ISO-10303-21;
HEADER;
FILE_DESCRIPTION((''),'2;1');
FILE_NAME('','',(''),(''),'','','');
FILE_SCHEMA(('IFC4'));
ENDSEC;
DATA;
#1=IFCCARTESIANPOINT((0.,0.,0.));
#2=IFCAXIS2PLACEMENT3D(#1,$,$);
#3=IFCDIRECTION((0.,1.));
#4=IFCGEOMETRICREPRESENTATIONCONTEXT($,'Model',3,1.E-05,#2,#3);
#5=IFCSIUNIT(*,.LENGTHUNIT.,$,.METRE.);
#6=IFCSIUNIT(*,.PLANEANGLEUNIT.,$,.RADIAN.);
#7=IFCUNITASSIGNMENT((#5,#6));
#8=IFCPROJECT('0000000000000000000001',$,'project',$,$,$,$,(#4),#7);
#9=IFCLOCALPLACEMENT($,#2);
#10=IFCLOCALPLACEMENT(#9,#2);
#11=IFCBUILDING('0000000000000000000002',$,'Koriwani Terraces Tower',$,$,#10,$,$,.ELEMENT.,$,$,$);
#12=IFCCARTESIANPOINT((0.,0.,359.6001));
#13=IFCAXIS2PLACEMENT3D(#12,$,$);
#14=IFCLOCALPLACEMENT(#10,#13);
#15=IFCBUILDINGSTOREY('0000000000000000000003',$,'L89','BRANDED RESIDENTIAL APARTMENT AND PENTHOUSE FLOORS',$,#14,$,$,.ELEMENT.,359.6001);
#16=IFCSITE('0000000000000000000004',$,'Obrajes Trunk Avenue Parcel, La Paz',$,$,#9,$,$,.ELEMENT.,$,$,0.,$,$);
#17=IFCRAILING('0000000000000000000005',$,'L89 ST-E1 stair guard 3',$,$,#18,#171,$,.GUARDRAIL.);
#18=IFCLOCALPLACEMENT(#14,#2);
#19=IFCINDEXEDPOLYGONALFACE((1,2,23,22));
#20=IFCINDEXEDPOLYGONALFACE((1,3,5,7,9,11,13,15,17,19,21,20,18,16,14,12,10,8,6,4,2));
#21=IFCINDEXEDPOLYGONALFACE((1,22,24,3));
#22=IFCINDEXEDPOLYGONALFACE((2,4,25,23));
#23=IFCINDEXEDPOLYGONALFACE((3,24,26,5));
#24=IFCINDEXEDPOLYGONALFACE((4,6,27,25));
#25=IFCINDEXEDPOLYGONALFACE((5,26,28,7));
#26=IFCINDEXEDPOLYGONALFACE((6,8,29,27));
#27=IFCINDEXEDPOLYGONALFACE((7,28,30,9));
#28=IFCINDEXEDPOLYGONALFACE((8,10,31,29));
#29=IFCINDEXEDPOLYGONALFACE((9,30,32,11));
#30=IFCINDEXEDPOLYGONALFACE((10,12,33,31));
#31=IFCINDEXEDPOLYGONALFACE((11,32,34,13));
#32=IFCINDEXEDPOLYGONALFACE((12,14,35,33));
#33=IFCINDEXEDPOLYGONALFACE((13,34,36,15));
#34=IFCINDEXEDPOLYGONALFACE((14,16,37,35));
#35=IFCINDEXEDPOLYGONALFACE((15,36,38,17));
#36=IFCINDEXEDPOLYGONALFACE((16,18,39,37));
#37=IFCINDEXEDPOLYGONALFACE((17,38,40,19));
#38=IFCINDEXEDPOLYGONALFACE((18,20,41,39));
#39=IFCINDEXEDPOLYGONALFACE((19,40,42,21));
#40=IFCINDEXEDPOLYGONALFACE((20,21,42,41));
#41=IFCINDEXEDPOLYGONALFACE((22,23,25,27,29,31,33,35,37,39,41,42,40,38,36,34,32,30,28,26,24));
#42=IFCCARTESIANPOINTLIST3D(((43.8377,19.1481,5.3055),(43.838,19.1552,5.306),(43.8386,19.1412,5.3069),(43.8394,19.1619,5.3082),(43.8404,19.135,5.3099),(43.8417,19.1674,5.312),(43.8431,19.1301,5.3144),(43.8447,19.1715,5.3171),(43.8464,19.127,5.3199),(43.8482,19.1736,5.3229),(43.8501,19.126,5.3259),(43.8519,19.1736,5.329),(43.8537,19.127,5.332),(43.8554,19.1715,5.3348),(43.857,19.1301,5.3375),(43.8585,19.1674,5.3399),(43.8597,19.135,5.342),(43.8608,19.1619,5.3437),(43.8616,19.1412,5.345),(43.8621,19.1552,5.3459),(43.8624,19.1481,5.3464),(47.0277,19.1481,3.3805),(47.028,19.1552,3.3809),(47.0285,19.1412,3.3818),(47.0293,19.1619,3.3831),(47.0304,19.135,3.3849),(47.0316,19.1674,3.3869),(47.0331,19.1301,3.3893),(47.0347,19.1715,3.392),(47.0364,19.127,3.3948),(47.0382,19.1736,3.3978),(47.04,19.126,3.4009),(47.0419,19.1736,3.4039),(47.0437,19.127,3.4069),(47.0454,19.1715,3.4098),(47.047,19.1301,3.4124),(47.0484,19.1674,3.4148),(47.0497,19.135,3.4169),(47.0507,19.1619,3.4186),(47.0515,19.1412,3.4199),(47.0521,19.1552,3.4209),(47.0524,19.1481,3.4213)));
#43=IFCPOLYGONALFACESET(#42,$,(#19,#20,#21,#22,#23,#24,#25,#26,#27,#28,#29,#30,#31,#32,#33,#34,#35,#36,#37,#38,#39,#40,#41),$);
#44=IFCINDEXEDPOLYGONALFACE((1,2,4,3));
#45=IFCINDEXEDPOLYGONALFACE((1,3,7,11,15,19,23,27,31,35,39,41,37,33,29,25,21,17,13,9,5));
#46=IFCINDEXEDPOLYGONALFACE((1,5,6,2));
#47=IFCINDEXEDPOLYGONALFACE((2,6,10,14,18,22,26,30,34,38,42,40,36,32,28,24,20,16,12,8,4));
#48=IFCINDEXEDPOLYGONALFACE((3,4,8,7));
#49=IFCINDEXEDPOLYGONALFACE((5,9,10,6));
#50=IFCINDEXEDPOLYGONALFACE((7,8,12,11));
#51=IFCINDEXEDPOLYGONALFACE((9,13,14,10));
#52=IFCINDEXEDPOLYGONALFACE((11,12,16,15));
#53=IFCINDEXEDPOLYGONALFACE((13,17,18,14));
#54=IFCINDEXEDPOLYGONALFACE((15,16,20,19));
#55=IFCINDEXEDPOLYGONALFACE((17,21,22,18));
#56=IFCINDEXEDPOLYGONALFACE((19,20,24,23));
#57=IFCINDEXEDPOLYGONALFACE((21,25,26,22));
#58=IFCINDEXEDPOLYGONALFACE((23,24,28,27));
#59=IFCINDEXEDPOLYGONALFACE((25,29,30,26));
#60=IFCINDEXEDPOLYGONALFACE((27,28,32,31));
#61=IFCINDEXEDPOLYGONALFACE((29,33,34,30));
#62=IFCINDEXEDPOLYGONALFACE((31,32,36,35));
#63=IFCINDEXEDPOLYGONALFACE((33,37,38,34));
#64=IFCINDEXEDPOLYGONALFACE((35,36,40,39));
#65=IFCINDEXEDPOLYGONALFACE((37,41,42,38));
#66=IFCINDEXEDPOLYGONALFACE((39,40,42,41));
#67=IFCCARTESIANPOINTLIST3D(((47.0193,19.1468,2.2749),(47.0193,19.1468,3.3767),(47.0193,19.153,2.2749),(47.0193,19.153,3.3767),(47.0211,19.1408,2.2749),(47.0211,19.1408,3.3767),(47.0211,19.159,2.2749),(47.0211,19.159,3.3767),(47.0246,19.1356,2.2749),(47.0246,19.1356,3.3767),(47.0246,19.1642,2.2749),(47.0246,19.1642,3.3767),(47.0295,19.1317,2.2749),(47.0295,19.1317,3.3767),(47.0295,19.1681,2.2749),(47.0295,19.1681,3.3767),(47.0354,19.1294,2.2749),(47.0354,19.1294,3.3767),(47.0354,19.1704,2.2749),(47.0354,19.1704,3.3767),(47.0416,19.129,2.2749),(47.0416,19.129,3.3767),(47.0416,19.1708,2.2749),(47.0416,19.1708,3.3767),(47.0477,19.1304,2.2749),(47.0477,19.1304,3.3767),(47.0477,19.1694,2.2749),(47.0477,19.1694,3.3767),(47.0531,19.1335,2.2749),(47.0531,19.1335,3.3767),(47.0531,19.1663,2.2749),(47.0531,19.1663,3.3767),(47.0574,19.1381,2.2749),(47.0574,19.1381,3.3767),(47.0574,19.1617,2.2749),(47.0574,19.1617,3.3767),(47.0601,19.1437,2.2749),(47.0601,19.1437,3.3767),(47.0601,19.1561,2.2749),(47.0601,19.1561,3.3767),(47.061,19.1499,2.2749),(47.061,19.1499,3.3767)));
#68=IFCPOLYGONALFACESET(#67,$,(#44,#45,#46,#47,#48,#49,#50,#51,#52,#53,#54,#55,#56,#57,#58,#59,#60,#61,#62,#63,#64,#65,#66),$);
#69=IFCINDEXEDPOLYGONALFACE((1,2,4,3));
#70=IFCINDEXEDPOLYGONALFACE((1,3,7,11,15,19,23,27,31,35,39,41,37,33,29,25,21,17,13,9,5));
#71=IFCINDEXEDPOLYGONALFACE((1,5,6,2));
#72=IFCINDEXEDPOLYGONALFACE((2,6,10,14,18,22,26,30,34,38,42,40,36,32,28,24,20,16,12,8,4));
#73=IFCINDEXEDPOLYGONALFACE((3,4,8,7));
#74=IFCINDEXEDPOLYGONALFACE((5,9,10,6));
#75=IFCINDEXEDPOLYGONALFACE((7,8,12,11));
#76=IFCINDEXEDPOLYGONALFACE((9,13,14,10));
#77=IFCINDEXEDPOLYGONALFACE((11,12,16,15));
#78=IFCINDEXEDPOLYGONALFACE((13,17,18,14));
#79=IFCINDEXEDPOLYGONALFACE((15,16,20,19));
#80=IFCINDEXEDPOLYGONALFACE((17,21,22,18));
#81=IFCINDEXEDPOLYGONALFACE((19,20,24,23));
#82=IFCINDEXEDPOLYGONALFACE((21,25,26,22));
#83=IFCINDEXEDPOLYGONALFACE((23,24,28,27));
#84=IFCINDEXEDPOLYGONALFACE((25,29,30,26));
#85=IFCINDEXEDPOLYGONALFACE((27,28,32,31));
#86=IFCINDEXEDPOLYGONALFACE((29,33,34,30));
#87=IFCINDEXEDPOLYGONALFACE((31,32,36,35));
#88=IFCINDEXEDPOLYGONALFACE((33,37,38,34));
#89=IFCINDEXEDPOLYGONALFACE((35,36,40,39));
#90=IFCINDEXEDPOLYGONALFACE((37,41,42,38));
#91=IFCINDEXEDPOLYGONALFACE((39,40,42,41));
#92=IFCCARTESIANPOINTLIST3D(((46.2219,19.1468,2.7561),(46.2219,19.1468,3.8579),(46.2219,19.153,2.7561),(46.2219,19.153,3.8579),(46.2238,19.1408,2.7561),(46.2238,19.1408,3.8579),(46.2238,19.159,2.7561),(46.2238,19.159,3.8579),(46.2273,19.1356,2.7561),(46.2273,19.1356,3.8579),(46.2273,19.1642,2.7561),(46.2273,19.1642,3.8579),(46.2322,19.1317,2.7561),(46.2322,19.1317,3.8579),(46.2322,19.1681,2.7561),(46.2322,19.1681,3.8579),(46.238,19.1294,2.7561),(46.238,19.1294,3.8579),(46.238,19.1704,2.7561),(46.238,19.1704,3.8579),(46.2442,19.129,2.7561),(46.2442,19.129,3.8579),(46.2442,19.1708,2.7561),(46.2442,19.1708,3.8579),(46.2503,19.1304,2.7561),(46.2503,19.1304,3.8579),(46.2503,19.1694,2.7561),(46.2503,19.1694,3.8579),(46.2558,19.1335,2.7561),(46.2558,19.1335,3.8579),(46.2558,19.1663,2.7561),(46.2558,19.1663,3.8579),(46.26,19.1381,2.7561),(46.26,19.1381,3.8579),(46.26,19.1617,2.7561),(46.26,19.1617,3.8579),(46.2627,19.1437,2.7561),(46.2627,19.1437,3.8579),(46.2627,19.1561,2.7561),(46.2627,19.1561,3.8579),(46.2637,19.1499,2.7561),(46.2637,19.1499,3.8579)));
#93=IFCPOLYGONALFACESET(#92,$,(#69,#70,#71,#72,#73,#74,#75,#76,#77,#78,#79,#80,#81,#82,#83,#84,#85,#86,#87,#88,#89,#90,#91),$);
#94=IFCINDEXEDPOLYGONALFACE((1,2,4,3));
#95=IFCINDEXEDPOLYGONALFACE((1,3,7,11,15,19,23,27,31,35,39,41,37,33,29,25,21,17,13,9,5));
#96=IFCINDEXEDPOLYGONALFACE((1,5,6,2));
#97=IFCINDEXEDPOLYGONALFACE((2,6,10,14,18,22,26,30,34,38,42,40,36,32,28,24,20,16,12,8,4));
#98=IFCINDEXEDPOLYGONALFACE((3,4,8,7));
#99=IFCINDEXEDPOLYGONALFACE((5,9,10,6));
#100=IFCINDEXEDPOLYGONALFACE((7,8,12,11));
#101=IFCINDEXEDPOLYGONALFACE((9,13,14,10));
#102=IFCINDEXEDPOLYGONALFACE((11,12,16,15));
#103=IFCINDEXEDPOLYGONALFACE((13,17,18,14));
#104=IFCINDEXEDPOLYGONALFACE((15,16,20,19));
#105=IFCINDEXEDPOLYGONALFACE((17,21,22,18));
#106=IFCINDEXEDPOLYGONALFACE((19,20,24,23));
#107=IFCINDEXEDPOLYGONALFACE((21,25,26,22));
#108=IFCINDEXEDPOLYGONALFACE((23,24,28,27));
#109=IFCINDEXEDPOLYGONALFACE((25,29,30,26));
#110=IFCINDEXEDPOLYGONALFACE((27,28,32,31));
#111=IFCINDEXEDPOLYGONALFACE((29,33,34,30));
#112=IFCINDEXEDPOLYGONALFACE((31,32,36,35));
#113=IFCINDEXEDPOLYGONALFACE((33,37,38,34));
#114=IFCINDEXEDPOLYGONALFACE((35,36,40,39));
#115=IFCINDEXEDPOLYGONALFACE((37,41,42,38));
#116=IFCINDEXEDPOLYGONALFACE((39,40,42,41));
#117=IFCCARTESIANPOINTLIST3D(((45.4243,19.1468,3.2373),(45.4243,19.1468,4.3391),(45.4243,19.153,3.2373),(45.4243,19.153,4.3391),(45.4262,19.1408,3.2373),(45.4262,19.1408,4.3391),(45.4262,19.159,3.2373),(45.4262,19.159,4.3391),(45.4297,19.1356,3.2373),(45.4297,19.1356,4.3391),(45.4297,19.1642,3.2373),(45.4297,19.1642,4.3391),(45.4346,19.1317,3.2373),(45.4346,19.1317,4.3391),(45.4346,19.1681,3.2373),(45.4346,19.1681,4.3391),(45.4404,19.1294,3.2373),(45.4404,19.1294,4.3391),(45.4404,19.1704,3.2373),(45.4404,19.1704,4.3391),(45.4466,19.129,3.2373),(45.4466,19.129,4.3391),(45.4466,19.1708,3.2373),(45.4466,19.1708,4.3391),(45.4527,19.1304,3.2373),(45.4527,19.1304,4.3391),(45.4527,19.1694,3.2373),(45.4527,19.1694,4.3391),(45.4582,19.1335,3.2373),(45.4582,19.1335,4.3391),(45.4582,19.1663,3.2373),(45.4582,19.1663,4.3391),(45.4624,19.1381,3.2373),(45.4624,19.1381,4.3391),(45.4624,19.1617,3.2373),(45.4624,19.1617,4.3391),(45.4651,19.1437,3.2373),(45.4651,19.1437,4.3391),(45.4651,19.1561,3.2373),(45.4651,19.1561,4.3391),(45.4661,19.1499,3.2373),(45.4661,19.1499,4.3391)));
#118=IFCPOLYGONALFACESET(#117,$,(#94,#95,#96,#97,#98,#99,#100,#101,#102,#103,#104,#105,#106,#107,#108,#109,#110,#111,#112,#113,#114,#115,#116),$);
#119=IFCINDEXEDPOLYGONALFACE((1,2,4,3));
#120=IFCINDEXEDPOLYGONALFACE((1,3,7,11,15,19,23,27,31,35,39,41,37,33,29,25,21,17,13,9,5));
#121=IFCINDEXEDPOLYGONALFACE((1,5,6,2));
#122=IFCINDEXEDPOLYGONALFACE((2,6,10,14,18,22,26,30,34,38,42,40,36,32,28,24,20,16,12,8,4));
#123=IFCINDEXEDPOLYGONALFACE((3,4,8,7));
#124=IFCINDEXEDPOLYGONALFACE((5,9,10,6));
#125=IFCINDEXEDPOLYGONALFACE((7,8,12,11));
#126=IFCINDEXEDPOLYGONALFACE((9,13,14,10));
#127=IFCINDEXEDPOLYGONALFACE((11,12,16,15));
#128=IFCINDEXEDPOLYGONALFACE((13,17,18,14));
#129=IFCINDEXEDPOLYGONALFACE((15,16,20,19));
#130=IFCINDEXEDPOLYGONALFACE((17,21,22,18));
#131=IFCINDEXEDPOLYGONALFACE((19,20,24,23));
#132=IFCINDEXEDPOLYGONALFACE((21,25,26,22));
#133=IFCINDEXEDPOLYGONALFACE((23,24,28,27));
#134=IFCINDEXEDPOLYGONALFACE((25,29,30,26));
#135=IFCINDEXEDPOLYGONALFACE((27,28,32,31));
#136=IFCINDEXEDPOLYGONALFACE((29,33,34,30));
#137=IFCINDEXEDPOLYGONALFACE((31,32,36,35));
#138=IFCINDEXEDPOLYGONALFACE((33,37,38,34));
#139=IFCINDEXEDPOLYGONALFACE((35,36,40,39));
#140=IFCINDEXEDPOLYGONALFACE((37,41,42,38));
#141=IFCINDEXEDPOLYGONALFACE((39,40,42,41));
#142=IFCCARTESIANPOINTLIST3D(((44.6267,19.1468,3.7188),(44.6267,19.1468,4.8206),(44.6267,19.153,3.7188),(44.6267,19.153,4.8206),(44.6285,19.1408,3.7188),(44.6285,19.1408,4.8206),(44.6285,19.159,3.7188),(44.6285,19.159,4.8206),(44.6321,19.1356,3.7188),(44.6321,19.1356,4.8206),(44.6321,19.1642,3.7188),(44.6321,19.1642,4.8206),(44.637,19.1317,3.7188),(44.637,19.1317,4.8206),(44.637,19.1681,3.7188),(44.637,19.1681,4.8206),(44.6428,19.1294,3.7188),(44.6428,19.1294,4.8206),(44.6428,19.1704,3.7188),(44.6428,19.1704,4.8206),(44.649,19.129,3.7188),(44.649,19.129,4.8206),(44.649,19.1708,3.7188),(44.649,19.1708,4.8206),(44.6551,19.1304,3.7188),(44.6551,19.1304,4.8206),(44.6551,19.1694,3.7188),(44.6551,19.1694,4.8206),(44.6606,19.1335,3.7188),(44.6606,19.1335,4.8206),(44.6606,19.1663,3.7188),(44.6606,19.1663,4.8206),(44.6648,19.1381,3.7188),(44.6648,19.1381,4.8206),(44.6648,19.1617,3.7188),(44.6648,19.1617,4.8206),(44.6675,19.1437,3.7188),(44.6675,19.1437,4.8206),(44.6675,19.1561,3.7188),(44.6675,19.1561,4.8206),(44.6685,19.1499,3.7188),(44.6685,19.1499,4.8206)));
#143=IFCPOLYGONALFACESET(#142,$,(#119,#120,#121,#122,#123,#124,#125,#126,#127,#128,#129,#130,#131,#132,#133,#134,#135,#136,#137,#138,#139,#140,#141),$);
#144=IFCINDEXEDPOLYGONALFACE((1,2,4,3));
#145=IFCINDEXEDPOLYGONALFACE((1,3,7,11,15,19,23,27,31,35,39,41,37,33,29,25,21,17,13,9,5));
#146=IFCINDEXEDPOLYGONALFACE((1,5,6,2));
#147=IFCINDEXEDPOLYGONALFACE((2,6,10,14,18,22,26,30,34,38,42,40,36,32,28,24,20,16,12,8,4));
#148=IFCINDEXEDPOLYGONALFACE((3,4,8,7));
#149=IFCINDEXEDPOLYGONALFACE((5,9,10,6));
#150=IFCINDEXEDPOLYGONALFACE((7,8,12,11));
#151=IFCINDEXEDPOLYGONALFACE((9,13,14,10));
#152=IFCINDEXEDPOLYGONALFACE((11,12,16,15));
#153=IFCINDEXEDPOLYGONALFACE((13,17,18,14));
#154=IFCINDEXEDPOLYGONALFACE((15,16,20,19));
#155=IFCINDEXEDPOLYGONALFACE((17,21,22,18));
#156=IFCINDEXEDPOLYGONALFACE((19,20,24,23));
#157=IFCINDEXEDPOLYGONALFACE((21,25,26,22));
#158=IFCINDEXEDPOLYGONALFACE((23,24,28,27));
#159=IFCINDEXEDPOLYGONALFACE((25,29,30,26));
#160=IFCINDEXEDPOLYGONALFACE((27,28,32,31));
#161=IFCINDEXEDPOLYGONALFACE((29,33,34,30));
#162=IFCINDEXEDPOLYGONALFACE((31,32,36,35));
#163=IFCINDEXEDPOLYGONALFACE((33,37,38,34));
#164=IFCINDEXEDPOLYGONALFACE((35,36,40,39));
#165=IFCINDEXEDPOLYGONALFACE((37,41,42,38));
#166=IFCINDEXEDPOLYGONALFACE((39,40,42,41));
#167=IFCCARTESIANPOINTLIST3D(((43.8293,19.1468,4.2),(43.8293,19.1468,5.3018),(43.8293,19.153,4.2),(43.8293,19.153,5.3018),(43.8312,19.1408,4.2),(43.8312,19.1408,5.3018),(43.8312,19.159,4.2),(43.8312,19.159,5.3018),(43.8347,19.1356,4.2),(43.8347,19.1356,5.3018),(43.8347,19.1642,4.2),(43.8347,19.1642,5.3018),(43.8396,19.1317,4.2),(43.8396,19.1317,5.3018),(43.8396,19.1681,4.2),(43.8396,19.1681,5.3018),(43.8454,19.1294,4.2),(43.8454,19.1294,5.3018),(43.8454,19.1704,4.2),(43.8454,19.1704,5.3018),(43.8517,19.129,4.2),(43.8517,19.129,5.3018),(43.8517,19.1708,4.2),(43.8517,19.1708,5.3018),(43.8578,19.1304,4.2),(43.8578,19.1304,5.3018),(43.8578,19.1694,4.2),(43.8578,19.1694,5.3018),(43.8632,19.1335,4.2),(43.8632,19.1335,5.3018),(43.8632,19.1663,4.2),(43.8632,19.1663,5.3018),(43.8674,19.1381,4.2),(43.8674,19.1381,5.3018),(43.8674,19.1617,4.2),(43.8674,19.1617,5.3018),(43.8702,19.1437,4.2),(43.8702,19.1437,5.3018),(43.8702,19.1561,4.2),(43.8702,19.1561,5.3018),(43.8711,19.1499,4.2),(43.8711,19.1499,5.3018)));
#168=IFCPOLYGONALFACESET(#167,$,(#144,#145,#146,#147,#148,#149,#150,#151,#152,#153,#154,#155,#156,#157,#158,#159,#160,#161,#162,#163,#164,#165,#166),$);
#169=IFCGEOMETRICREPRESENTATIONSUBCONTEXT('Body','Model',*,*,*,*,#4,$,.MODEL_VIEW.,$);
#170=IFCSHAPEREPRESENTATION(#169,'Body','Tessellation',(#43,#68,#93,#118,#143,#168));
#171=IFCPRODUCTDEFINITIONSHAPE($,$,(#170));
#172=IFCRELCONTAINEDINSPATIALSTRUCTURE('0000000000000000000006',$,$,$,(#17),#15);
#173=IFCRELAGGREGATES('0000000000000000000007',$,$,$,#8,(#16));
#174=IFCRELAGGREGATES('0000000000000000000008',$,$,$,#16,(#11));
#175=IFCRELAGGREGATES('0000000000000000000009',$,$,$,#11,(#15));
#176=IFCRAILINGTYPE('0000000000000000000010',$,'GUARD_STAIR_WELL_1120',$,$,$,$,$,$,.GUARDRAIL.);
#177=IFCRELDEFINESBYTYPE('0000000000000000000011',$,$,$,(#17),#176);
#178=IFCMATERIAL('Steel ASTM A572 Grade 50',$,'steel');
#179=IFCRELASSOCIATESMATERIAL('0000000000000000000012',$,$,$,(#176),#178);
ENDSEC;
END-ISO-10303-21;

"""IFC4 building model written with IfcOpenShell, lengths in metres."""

from ifc_helpers import new_model, si_unit, direction, frame, origin, origin_2d, place, context, subcontext, project, spatial, circle, extrude, material, type_object, element, save


model = new_model("IFC4")

# Units and contexts
model_context = context("Model", 3, precision=1e-05, world=origin(), true_north=direction((0.0, 1.0)))
body_context = subcontext(model_context, "Body", "Model", "MODEL_VIEW")
ifc_project = project(units=[si_unit("LENGTHUNIT", "METRE"), si_unit("PLANEANGLEUNIT", "RADIAN")], contexts=[model_context])

# Site, building, storey
site_placement = place(None, origin())
site = spatial("IfcSite", under=ifc_project, at=site_placement, Name="Obrajes Trunk Avenue Parcel, La Paz", CompositionType="ELEMENT", RefElevation=0.0)
building_placement = place(site_placement, origin())
building = spatial("IfcBuilding", under=site, at=building_placement, Name="Koriwani Terraces Tower", CompositionType="ELEMENT")
storey_placement = place(building_placement, frame((0.0, 0.0, 359.6001)))
storey = spatial("IfcBuildingStorey", under=building, at=storey_placement, Name="L89", Description="BRANDED RESIDENTIAL APARTMENT AND PENTHOUSE FLOORS", CompositionType="ELEMENT", Elevation=359.6001)

# Shared definitions
ifc_material_1 = material(Name="Steel ASTM A572 Grade 50", Category="steel")

# Railing
railing_type_1 = type_object("IfcRailingType", Name="GUARD_STAIR_WELL_1120", PredefinedType="GUARDRAIL", material=ifc_material_1)
railing_1_placement = place(storey_placement, frame((47.04, 19.1499, 2.2749)))
element("IfcRailing", 1, at=railing_1_placement, inside=storey, type_object=railing_type_1, Name="L89 ST-E1 stair guard 3", PredefinedType="GUARDRAIL", context=body_context, shape_type="SweptSolid", body=[
    extrude(circle(Radius=0.0239, at=origin_2d()), frame((0.0, 0.0, 1.126), z_axis=(-0.856178, 0.0, 0.516682), x_axis=(0.0, -1.0, 0.0)), (0.0, 0.0, 1.0), 3.7258),
    extrude(circle(Radius=0.021, at=origin_2d()), origin(), (0.0, 0.0, 1.0), 1.1018),
    extrude(circle(Radius=0.021, at=origin_2d()), frame((-0.7974, 0.0, 0.4812)), (0.0, 0.0, 1.0), 1.1018),
    extrude(circle(Radius=0.021, at=origin_2d()), frame((-1.595, 0.0, 0.9624)), (0.0, 0.0, 1.0), 1.1018),
    extrude(circle(Radius=0.021, at=origin_2d()), frame((-2.3926, 0.0, 1.4438)), (0.0, 0.0, 1.0), 1.1018),
    extrude(circle(Radius=0.021, at=origin_2d()), frame((-3.1899, 0.0, 1.925)), (0.0, 0.0, 1.0), 1.1018),
])

save(model, "model.ifc")
